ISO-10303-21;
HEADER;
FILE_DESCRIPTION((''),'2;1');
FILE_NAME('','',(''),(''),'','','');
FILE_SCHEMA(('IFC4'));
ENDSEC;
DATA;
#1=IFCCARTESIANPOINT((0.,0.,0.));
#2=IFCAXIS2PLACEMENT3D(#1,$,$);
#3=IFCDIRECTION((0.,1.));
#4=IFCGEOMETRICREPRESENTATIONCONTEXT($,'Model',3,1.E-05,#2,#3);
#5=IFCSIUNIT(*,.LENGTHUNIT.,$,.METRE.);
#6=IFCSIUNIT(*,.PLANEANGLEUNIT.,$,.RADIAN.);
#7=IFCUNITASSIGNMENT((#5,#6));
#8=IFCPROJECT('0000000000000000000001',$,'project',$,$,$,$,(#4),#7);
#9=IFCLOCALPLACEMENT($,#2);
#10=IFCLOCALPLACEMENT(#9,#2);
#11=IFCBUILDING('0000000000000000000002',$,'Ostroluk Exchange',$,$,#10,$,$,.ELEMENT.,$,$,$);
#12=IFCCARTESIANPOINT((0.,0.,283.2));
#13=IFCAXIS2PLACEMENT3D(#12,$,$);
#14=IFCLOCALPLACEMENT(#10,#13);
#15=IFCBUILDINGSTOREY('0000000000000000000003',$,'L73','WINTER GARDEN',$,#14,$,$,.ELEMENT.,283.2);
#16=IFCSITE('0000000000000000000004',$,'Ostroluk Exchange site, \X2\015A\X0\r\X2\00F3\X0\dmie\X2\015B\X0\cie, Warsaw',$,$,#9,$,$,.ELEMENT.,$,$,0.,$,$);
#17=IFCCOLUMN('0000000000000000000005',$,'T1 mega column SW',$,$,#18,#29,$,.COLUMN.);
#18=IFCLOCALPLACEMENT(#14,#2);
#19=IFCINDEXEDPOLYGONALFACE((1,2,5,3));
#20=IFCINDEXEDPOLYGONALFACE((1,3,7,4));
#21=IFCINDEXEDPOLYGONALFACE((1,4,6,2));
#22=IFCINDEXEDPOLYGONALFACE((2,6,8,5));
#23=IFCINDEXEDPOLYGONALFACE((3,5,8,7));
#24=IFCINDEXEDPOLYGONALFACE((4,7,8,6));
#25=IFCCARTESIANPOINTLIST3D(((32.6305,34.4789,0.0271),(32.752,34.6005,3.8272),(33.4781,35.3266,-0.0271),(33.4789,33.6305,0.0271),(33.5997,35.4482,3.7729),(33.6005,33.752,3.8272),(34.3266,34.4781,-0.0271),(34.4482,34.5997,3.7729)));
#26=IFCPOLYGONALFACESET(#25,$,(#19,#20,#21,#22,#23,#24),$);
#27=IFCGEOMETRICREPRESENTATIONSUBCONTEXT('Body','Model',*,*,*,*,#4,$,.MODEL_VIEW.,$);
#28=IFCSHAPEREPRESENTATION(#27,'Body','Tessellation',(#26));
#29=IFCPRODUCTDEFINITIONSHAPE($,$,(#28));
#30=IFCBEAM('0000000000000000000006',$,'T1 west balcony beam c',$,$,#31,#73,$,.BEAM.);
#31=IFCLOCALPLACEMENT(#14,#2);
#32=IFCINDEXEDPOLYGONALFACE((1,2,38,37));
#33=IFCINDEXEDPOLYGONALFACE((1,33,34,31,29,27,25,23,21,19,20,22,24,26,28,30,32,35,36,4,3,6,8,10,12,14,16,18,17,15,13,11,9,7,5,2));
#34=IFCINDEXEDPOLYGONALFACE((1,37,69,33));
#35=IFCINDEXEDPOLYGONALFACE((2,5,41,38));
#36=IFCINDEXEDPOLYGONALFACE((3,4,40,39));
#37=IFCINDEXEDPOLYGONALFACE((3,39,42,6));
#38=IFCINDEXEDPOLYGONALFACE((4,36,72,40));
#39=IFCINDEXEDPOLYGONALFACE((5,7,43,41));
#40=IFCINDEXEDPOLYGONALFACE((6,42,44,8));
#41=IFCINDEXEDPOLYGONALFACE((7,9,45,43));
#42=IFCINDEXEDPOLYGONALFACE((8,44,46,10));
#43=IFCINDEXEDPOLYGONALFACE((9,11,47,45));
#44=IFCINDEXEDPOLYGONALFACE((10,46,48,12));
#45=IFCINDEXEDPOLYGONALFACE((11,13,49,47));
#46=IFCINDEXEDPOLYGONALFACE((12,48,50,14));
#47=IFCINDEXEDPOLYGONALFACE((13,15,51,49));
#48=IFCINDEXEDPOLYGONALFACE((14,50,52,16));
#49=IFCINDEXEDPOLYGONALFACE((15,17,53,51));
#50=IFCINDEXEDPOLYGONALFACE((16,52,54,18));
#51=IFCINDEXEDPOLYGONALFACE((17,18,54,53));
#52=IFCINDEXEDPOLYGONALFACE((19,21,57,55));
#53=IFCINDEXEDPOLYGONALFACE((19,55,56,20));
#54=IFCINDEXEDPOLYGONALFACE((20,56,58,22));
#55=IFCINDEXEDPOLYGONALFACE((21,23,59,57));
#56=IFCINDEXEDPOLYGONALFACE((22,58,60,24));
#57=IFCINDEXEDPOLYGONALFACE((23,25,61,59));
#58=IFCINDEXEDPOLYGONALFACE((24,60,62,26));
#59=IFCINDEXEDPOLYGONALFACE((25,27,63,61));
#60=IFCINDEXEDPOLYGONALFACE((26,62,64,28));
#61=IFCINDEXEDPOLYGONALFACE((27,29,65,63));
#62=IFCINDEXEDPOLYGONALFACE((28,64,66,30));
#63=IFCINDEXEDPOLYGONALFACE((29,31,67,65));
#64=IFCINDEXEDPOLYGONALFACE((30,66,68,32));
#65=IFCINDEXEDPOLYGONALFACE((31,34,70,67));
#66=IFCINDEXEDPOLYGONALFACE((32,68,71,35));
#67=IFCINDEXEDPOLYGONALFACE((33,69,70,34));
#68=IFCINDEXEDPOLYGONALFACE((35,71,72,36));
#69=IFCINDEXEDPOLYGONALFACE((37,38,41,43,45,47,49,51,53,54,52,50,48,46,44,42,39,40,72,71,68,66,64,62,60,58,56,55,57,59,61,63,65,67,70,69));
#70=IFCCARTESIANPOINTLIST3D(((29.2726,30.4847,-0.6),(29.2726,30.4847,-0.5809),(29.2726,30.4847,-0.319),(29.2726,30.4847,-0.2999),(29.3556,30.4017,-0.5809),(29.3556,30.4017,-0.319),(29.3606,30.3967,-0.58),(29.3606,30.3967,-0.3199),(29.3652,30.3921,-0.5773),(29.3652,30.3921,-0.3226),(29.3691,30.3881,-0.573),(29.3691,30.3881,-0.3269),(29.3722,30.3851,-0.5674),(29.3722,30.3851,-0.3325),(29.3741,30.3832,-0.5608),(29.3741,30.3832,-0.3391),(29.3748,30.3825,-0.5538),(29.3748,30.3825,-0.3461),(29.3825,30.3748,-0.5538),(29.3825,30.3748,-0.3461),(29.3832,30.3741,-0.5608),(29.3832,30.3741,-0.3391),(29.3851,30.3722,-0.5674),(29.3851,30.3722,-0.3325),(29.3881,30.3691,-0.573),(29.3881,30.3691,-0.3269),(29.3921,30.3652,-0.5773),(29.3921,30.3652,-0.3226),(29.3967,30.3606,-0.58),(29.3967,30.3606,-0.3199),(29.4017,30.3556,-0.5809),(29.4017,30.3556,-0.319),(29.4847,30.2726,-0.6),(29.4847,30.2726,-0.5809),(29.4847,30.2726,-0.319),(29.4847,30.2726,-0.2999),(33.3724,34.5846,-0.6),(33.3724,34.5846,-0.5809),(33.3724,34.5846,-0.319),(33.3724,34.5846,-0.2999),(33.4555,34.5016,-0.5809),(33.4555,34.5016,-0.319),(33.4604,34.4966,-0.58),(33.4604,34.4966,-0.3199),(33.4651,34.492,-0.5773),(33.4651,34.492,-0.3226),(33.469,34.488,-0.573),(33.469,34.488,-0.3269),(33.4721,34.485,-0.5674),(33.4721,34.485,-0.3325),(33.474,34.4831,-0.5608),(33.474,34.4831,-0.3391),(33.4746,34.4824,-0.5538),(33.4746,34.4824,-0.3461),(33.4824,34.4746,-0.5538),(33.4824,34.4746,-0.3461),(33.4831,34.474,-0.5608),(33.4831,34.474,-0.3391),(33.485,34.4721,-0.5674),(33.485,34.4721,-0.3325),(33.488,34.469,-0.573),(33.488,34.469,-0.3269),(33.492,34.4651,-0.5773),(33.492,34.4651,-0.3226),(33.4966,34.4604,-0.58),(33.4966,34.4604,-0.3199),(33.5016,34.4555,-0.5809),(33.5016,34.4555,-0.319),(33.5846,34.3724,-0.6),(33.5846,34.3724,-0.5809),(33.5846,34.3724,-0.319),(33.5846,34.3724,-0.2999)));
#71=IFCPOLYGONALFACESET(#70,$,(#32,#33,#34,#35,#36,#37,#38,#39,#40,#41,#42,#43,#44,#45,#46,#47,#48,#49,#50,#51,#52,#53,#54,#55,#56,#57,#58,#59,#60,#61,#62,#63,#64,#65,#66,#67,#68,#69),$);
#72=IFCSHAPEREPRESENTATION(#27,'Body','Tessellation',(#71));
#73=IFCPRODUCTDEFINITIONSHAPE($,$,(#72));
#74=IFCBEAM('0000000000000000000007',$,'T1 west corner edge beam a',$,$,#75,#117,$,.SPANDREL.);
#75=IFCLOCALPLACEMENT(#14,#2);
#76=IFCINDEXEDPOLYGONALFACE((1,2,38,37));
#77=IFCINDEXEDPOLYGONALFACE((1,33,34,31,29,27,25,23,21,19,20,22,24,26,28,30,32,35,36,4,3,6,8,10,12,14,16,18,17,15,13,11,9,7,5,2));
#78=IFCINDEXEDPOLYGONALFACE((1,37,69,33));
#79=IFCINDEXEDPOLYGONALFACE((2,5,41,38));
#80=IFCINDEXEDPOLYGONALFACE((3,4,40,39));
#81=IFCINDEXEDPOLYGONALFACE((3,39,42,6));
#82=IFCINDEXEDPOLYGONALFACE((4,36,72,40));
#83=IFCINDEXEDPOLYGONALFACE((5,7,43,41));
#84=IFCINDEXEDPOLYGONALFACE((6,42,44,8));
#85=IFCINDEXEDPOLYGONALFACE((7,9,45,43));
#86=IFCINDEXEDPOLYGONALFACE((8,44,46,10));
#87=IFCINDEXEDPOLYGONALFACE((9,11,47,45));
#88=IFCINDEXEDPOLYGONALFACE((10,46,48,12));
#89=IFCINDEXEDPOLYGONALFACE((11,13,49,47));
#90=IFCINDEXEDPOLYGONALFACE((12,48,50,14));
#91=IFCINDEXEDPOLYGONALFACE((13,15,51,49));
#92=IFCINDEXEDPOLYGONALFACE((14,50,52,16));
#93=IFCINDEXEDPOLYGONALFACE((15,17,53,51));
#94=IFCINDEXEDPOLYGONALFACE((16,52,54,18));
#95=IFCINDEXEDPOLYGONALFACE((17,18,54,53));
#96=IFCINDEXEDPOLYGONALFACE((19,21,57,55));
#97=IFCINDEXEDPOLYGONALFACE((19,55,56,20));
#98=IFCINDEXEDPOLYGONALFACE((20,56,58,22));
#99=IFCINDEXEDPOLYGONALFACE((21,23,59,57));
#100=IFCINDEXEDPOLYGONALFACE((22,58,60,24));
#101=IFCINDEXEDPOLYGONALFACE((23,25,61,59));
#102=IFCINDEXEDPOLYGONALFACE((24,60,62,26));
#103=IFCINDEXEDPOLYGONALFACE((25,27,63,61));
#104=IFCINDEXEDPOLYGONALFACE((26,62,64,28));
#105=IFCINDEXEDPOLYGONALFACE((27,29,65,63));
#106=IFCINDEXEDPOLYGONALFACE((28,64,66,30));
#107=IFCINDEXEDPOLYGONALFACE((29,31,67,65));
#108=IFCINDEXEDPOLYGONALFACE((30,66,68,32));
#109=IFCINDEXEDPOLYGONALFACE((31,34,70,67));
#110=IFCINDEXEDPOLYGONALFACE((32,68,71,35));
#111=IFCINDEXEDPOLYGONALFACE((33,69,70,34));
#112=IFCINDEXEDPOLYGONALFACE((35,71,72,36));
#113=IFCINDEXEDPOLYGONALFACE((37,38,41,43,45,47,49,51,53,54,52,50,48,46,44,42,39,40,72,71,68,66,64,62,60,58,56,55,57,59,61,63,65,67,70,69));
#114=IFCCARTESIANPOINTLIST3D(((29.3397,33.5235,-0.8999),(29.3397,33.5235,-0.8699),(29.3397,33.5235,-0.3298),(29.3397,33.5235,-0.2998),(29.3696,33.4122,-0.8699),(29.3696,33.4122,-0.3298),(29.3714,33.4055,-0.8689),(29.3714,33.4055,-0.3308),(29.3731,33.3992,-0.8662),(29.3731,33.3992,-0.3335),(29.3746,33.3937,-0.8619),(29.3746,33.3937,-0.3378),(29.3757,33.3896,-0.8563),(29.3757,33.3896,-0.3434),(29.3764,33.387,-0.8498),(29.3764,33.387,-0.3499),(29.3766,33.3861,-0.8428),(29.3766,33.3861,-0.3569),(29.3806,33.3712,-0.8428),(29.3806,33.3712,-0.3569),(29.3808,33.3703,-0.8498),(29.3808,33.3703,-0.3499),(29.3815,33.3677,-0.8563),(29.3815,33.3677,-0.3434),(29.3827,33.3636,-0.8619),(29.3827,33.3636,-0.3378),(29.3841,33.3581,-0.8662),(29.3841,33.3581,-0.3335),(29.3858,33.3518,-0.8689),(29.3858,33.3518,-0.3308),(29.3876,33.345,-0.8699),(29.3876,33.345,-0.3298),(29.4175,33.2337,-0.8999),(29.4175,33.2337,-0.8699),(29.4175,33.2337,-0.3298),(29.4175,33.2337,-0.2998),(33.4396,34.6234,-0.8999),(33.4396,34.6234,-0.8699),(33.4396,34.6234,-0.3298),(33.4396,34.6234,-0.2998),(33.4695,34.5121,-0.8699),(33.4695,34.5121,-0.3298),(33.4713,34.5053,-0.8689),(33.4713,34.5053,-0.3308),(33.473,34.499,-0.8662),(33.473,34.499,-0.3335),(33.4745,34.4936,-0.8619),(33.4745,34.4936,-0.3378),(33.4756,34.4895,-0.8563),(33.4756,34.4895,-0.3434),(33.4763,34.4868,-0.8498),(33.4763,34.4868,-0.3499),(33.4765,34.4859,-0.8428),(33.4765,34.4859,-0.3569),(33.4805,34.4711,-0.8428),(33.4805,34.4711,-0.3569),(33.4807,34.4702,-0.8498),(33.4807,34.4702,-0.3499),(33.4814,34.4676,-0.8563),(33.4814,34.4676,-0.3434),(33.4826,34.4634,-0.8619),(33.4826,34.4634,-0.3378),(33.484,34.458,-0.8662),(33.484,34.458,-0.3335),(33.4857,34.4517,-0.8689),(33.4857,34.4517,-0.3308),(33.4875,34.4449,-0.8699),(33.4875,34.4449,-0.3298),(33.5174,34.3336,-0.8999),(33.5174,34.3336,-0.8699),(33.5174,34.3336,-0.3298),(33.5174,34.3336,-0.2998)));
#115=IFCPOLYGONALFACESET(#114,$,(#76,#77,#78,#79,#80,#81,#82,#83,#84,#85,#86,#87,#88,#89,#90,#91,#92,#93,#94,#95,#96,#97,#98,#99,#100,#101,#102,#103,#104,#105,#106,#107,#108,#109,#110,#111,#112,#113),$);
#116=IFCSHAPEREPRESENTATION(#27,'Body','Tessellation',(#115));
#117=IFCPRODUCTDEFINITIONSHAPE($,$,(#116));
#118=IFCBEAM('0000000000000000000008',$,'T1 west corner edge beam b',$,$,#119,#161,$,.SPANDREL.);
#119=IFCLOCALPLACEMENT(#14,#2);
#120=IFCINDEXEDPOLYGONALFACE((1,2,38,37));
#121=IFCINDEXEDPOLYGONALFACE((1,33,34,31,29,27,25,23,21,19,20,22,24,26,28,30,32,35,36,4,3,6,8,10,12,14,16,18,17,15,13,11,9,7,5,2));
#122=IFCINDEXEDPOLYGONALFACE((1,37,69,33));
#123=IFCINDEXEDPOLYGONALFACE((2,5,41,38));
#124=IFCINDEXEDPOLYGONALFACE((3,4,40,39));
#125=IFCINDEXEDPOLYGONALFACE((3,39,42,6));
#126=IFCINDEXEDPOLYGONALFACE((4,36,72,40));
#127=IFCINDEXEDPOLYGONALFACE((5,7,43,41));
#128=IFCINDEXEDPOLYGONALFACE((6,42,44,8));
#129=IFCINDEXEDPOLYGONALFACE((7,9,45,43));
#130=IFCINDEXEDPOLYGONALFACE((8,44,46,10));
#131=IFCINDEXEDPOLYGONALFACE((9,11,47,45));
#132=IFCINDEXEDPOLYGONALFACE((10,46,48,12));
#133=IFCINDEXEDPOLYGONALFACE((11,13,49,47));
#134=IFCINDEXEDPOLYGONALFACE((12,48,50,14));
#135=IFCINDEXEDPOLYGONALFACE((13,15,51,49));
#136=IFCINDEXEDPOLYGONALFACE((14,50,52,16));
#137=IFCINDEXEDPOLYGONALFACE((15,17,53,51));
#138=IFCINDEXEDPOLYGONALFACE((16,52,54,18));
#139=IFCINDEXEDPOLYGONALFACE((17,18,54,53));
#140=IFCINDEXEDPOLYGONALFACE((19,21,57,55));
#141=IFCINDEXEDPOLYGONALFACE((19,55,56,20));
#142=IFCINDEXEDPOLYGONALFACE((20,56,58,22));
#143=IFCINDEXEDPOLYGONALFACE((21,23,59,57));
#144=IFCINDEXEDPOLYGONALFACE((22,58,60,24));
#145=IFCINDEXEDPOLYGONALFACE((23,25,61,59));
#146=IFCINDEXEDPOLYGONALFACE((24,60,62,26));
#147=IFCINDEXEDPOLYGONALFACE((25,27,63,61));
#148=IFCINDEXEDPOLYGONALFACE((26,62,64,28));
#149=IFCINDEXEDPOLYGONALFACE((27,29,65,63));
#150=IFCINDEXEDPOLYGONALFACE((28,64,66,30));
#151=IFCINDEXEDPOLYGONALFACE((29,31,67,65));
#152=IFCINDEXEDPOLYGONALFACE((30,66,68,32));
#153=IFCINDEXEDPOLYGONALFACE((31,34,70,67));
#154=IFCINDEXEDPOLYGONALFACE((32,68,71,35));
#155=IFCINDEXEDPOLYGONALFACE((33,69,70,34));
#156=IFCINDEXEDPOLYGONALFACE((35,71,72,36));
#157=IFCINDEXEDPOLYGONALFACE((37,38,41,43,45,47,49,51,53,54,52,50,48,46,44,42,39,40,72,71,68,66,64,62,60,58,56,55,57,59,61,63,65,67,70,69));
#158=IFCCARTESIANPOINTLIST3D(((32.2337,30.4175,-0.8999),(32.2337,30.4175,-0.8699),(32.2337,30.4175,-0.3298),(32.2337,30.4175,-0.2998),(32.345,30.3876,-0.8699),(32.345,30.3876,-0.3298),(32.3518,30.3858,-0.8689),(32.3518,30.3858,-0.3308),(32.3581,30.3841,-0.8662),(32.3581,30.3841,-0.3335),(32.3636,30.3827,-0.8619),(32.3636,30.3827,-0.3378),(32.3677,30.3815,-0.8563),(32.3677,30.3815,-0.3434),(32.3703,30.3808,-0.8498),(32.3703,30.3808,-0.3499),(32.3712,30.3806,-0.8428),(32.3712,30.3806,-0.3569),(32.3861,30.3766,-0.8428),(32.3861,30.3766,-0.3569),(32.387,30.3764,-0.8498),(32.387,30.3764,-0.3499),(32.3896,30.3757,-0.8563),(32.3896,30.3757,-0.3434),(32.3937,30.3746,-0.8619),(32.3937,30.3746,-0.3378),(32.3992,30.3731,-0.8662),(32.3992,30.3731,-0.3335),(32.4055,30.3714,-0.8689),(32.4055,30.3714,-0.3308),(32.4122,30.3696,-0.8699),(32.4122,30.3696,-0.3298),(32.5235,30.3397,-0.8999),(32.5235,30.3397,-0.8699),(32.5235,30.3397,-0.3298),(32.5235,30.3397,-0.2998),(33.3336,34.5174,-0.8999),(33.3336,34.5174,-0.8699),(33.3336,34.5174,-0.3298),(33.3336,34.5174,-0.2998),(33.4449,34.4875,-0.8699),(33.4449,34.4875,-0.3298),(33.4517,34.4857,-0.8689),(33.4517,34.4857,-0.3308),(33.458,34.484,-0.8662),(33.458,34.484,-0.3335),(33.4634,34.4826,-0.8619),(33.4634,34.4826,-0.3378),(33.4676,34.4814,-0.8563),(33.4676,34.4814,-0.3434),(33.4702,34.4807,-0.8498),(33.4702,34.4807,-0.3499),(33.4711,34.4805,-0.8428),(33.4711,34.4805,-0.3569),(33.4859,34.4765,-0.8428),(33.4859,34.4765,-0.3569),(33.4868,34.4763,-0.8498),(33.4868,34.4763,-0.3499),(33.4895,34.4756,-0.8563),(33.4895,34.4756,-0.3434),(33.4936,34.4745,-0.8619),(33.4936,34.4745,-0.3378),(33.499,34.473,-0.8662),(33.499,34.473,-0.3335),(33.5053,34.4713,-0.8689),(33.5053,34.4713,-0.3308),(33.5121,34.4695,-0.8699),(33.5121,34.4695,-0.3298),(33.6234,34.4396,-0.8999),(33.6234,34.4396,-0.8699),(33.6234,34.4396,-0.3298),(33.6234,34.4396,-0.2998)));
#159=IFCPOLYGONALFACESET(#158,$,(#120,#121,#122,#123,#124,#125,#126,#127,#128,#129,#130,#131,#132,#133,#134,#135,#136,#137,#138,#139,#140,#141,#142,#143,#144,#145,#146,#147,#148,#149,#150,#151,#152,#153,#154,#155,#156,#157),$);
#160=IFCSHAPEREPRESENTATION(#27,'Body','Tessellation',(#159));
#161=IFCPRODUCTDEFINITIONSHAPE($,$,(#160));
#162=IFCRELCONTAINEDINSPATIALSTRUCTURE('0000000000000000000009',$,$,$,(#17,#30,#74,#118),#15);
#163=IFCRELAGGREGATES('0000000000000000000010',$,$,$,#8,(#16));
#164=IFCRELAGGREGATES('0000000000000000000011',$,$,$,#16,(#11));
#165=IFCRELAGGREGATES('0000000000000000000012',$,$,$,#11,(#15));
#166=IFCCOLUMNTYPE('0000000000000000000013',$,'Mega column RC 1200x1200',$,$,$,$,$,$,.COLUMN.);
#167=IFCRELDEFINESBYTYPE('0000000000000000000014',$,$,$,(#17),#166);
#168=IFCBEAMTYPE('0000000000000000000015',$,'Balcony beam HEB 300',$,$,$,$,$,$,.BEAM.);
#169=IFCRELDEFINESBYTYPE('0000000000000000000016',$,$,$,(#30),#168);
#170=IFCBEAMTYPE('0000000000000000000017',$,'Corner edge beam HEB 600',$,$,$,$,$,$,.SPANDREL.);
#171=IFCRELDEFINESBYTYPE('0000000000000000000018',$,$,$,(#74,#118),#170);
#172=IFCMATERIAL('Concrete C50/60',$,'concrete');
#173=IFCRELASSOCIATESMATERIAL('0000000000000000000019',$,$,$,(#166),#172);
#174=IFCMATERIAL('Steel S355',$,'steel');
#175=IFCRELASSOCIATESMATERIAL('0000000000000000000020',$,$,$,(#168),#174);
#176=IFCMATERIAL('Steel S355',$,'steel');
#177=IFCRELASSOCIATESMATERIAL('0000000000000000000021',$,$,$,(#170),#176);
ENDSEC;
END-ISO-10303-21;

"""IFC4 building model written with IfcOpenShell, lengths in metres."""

from ifc_helpers import new_model, si_unit, direction, frame, origin, origin_2d, place, context, subcontext, project, spatial, rectangle, i_section, extrude, material, material_profile, profile_set, type_object, element, save


model = new_model("IFC4")

# Units and contexts
model_context = context("Model", 3, precision=1e-05, world=origin(), true_north=direction((0.0, 1.0)))
body_context = subcontext(model_context, "Body", "Model", "MODEL_VIEW")
ifc_project = project(units=[si_unit("LENGTHUNIT", "METRE"), si_unit("PLANEANGLEUNIT", "RADIAN")], contexts=[model_context])

# Site, building, storey
site_placement = place(None, origin())
site = spatial("IfcSite", under=ifc_project, at=site_placement, Name="Ostroluk Exchange site, Śródmieście, Warsaw", CompositionType="ELEMENT", RefElevation=0.0)
building_placement = place(site_placement, origin())
building = spatial("IfcBuilding", under=site, at=building_placement, Name="Ostroluk Exchange", CompositionType="ELEMENT")
storey_placement = place(building_placement, frame((0.0, 0.0, 283.2)))
storey = spatial("IfcBuildingStorey", under=building, at=storey_placement, Name="L73", Description="WINTER GARDEN", CompositionType="ELEMENT", Elevation=283.2)

# Column
ifc_material_1 = material(Name="Concrete C50/60", Category="concrete")
ifc_material_profile_1 = material_profile(ifc_material_1, rectangle(XDim=1.2, YDim=1.2, at=origin_2d()), Name="RC 1200x1200")
ifc_profile_set_1 = profile_set([ifc_material_profile_1], Name="Concrete C50/60")
column_type = type_object("IfcColumnType", Name="Mega column RC 1200x1200", PredefinedType="COLUMN", material=ifc_profile_set_1)
column_placement = place(storey_placement, frame((33.4785, 34.4785, 0.0), z_axis=(0.031962, 0.031962, 0.998978), x_axis=(-0.707107, 0.707107, 0.0)))
element("IfcColumn", 1, at=column_placement, inside=storey, type_object=column_type, Name="T1 mega column SW", PredefinedType="COLUMN", context=body_context, shape_type="SweptSolid", body=[
    extrude(rectangle(XDim=1.2, YDim=1.2, at=origin_2d()), origin(), (0.0, 0.0, 1.0), 3.804),
])

# Beams
ifc_material_2 = material(Name="Steel S355", Category="steel")
ifc_material_profile_2 = material_profile(ifc_material_2, i_section(OverallWidth=0.3, OverallDepth=0.3, WebThickness=0.011, FlangeThickness=0.019, FilletRadius=0.0271, at=origin_2d()), Name="HEB 300")
ifc_profile_set_2 = profile_set([ifc_material_profile_2], Name="Steel S355")
beam_type_1 = type_object("IfcBeamType", Name="Balcony beam HEB 300", PredefinedType="BEAM", material=ifc_profile_set_2)
beam_1_placement = place(storey_placement, frame((33.4785, 34.4785, -0.45), z_axis=(-0.707107, -0.707107, 0.0), x_axis=(0.707107, -0.707107, 0.0)))
element("IfcBeam", 2, at=beam_1_placement, inside=storey, type_object=beam_type_1, Name="T1 west balcony beam c", PredefinedType="BEAM", context=body_context, shape_type="SweptSolid", body=[
    extrude(i_section(OverallWidth=0.3, OverallDepth=0.3, WebThickness=0.011, FlangeThickness=0.019, FilletRadius=0.0271, at=origin_2d()), origin(), (0.0, 0.0, 1.0), 5.7981),
])
ifc_material_3 = material(Name="Steel S355", Category="steel")
ifc_material_profile_3 = material_profile(ifc_material_3, i_section(OverallWidth=0.3, OverallDepth=0.6001, WebThickness=0.0154, FlangeThickness=0.03, FilletRadius=0.0271, at=origin_2d()), Name="HEB 600")
ifc_profile_set_3 = profile_set([ifc_material_profile_3], Name="Steel S355")
beam_type_2 = type_object("IfcBeamType", Name="Corner edge beam HEB 600", PredefinedType="SPANDREL", material=ifc_profile_set_3)
for number, where, z_axis, x_axis, name in (
    (3, (33.4785, 34.4785, -0.5999), (-0.965849, -0.259105, 0.0), (0.259105, -0.965849, 0.0), "T1 west corner edge beam a"),
    (4, (33.4785, 34.4785, -0.5999), (-0.259105, -0.965849, 0.0), (0.965849, -0.259105, 0.0), "T1 west corner edge beam b"),
):
    element("IfcBeam", number, at=place(storey_placement, frame(where, z_axis=z_axis, x_axis=x_axis)), inside=storey, type_object=beam_type_2, Name=name, PredefinedType="SPANDREL", context=body_context, shape_type="SweptSolid", body=[
        extrude(i_section(OverallWidth=0.3, OverallDepth=0.6001, WebThickness=0.0154, FlangeThickness=0.03, FilletRadius=0.0271, at=origin_2d()), origin(), (0.0, 0.0, 1.0), 4.2449),
    ])

save(model, "model.ifc")
